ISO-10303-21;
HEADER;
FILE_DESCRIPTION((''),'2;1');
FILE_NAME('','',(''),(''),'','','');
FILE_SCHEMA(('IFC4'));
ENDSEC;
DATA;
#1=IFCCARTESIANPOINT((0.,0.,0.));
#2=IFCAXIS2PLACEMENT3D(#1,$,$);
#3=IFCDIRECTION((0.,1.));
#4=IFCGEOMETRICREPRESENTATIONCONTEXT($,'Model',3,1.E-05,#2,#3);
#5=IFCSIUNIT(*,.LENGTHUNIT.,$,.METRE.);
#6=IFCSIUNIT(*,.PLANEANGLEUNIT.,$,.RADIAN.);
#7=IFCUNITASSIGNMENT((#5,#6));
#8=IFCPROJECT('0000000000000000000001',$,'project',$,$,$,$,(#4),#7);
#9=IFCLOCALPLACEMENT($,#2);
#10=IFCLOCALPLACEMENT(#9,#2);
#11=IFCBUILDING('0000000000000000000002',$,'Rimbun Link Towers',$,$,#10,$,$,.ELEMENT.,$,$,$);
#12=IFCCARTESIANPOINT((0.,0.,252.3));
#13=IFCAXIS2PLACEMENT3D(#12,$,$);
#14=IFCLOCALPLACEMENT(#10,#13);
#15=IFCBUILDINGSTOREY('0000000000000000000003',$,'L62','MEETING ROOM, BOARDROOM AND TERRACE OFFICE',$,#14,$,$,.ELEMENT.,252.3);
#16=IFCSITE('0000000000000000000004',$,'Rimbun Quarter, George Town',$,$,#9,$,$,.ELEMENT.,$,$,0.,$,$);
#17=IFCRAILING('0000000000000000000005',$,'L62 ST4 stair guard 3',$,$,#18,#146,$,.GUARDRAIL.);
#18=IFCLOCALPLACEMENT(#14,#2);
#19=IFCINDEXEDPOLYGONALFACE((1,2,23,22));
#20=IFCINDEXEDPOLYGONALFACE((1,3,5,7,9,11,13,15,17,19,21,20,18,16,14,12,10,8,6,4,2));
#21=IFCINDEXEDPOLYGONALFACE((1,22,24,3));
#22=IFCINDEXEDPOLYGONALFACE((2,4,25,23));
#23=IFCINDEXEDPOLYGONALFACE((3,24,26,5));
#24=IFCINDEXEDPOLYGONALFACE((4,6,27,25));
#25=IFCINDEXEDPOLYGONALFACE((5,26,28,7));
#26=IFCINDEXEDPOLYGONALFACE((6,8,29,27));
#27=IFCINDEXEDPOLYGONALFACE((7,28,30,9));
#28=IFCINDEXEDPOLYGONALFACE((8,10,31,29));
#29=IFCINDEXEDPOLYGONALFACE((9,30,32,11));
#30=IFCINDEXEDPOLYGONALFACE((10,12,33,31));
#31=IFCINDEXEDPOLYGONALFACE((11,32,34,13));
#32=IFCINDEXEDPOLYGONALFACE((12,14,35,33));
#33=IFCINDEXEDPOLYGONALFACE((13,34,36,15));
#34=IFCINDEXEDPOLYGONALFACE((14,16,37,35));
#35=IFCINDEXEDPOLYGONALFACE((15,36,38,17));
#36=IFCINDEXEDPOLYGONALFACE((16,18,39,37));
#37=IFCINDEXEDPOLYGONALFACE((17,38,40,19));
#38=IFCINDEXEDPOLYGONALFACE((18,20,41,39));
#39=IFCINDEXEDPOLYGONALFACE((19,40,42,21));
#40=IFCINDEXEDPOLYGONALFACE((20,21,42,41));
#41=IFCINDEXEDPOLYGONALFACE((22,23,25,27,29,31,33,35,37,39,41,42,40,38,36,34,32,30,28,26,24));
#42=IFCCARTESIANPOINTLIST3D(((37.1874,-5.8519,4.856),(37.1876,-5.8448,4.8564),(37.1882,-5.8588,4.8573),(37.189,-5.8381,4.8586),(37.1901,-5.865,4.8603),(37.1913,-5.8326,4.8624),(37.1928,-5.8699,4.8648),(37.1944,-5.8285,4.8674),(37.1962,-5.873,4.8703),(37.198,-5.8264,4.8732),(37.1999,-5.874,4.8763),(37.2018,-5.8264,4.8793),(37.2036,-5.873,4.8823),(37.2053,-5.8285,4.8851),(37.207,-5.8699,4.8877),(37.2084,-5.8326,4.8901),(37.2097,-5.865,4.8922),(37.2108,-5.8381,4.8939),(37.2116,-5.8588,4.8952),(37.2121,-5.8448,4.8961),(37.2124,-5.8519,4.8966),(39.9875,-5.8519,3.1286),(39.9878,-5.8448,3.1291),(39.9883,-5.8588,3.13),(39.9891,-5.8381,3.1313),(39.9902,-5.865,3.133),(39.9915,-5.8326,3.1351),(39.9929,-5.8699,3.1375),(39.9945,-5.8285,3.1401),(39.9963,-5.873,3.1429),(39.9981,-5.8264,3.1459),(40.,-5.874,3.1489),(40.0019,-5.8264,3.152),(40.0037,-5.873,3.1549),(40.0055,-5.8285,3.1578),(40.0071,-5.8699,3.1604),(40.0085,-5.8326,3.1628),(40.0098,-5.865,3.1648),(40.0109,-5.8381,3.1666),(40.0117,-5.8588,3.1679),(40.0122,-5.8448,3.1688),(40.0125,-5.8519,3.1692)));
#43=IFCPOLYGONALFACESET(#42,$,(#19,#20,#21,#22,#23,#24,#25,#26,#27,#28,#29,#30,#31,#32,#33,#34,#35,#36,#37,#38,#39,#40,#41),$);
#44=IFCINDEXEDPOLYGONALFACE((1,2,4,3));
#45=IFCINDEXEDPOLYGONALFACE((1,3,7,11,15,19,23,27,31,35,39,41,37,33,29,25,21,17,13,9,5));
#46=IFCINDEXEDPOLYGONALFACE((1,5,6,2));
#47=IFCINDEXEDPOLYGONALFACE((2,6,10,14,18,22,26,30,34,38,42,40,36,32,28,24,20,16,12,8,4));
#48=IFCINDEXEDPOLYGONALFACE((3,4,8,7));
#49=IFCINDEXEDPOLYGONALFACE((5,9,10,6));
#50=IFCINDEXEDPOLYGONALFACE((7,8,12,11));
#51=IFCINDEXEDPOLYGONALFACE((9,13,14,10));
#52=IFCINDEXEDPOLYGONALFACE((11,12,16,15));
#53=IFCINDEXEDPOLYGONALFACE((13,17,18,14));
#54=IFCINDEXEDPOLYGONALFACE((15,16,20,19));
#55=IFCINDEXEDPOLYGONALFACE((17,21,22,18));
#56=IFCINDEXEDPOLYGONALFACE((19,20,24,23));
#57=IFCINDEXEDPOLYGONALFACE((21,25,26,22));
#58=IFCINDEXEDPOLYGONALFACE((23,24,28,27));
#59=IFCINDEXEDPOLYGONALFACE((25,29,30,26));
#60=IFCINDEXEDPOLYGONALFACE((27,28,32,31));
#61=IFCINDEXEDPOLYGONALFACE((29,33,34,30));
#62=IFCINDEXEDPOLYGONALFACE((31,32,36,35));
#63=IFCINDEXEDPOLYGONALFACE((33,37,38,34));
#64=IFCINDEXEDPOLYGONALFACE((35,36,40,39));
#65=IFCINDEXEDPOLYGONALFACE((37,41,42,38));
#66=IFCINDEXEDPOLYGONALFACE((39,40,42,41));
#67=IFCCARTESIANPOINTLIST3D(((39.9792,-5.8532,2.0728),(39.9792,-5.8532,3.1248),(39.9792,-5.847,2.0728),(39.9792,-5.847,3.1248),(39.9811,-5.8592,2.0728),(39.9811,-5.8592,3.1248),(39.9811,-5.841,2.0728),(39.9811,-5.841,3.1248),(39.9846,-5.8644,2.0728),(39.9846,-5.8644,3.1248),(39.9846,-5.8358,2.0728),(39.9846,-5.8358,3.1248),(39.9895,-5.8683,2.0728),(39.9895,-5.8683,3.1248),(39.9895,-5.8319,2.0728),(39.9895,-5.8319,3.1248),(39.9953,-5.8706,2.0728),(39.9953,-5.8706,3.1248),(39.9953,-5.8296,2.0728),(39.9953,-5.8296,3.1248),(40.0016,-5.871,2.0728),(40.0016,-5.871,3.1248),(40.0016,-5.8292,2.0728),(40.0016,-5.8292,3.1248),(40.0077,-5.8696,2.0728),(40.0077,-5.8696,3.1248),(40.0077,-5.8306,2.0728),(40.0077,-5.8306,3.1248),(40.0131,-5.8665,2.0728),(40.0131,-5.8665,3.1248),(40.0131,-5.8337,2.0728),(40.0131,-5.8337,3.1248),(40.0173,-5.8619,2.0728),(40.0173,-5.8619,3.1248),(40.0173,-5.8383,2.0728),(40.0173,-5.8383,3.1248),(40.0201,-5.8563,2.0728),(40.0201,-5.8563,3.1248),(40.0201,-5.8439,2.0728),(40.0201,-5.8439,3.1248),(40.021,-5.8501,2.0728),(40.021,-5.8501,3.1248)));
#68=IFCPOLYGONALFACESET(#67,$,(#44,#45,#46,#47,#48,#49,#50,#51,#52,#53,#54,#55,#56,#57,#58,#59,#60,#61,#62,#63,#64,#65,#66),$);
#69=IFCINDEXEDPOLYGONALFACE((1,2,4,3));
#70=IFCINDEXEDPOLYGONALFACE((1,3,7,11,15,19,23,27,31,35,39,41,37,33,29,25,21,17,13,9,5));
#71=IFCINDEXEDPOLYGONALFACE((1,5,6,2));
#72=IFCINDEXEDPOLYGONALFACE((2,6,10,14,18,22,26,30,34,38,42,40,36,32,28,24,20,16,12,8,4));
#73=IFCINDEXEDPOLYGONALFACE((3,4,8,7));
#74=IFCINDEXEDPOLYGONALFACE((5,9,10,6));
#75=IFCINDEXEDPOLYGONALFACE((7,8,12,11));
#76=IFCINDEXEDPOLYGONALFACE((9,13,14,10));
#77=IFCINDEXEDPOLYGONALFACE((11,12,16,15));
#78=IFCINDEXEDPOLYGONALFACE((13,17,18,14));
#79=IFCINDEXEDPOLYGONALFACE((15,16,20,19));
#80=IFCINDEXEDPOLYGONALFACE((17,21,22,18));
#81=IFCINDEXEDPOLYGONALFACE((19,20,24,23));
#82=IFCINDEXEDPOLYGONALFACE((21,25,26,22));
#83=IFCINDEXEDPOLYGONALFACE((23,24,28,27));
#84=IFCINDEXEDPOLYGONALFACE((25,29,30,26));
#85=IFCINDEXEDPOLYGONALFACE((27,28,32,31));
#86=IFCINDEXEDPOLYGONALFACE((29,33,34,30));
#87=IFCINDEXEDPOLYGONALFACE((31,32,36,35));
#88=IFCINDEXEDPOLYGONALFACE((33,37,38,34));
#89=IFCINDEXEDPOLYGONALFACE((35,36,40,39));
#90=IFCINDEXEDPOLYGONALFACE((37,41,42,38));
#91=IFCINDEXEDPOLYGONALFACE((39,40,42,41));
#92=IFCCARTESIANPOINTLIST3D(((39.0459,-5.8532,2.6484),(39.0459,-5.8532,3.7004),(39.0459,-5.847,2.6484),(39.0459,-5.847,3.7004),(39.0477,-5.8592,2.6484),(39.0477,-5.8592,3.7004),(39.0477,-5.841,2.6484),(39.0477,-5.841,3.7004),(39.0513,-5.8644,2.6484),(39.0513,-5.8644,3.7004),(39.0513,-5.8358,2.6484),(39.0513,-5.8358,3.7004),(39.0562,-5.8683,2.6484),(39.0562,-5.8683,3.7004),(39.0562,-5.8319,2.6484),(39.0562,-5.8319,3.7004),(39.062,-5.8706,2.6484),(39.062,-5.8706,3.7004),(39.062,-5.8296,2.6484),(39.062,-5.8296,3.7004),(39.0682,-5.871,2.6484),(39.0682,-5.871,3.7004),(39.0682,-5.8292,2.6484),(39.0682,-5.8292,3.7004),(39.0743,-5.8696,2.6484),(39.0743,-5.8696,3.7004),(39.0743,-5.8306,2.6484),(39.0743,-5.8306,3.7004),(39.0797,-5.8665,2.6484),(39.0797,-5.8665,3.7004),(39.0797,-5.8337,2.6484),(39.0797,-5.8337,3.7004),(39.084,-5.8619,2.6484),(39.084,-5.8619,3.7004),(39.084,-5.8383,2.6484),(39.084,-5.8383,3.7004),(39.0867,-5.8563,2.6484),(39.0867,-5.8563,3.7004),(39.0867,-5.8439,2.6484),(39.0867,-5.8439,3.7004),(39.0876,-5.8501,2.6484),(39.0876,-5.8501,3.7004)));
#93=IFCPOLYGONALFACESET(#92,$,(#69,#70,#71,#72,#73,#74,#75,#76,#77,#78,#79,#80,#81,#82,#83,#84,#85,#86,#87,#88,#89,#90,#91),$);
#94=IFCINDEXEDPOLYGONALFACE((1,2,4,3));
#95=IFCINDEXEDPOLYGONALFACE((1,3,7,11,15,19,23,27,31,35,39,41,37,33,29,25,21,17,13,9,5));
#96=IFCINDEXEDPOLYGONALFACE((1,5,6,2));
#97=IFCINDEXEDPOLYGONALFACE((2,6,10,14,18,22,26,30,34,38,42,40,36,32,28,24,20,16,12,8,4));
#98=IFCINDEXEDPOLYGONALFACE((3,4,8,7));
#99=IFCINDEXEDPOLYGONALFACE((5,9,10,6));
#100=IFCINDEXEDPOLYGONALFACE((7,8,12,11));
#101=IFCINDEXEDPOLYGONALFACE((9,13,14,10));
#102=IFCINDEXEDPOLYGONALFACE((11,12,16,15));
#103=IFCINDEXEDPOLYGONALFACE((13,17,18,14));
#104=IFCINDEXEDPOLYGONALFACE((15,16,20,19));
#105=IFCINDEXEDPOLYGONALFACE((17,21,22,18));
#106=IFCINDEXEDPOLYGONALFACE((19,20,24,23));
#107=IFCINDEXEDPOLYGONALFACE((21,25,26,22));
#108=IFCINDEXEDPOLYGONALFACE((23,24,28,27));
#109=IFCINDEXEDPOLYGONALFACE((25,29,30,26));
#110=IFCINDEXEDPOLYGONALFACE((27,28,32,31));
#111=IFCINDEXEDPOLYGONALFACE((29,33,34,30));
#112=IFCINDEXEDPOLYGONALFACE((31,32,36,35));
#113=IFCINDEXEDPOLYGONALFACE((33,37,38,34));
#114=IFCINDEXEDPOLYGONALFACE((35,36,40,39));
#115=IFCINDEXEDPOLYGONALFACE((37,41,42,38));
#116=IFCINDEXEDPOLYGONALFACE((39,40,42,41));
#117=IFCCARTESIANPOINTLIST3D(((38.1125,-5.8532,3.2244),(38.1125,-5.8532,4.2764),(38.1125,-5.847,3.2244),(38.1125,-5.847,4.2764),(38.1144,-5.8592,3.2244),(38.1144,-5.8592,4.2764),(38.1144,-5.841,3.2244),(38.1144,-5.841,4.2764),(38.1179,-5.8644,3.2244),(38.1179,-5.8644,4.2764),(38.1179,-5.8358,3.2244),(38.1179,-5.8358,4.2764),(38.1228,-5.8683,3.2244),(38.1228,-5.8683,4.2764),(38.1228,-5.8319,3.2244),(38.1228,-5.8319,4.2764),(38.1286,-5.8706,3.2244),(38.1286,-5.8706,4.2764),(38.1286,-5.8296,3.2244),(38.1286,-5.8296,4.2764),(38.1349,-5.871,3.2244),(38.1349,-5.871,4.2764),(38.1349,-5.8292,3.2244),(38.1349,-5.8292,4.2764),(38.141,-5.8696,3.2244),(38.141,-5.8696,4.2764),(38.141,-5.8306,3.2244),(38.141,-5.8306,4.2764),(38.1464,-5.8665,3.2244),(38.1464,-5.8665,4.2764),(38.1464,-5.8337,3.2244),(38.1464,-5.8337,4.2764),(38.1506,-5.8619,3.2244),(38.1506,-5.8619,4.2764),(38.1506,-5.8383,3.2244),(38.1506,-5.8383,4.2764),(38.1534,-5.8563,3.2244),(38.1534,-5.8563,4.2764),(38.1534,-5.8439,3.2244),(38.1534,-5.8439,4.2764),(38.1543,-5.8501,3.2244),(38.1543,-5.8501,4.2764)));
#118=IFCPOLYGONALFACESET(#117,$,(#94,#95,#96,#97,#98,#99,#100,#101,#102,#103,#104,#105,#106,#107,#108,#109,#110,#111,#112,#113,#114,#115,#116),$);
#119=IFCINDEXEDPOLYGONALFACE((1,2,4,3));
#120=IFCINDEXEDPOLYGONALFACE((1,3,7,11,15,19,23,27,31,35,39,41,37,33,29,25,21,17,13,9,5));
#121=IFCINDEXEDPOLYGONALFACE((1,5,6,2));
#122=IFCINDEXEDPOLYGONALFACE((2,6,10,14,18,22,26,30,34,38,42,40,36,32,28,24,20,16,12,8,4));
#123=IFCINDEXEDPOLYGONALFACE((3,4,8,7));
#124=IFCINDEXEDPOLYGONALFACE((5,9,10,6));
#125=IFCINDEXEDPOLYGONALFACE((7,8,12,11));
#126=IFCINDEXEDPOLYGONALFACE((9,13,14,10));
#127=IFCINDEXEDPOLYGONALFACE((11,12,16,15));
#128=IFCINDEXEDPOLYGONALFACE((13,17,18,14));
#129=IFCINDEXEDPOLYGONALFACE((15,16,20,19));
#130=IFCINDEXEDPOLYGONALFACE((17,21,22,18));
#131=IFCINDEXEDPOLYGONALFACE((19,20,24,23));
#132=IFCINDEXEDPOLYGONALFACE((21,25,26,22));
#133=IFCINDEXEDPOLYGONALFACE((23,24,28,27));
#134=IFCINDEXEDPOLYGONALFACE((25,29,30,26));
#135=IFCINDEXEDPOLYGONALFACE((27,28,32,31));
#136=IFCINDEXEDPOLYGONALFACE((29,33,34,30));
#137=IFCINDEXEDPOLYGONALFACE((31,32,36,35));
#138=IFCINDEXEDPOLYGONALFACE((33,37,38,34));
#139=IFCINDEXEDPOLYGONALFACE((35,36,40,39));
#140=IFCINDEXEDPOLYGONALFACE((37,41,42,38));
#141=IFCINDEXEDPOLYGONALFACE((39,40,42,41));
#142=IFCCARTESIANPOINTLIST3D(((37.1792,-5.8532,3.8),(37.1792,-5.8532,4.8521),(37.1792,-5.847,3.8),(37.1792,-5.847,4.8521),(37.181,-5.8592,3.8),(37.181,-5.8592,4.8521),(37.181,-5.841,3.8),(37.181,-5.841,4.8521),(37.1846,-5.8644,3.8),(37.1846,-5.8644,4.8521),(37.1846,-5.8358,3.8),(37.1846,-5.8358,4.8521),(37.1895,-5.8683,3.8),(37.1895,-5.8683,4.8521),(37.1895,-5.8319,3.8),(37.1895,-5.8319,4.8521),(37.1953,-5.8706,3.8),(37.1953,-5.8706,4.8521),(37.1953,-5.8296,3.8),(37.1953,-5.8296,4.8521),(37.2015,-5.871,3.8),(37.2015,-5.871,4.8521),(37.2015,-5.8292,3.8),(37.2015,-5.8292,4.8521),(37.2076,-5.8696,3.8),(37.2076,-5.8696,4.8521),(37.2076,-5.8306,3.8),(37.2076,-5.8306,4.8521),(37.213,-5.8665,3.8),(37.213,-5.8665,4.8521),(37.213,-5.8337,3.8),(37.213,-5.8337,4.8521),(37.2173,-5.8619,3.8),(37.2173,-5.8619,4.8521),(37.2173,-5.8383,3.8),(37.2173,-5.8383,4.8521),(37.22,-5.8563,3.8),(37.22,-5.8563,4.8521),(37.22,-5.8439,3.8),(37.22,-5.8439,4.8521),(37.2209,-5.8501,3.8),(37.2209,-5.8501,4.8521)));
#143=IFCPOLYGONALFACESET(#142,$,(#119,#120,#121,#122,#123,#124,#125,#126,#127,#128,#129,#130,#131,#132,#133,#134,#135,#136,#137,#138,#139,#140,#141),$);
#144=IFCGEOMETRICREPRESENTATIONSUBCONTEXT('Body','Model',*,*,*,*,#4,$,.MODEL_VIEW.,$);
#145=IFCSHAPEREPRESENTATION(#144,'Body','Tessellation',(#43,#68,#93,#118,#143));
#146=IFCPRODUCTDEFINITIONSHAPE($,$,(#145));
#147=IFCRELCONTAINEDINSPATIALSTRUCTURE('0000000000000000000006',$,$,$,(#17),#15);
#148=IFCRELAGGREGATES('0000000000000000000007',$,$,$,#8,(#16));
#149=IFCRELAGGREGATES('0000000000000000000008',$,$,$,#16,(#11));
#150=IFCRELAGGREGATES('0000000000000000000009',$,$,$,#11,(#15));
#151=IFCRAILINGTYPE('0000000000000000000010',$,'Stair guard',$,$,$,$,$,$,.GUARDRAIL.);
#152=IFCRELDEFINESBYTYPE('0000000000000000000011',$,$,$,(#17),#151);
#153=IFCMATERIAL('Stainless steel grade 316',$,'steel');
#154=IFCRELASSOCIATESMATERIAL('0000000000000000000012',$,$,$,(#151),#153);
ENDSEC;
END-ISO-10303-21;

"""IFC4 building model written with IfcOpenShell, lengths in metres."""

from ifc_helpers import new_model, si_unit, direction, frame, origin, origin_2d, place, context, subcontext, project, spatial, circle, extrude, material, type_object, element, save


model = new_model("IFC4")

# Units and contexts
model_context = context("Model", 3, precision=1e-05, world=origin(), true_north=direction((0.0, 1.0)))
body_context = subcontext(model_context, "Body", "Model", "MODEL_VIEW")
ifc_project = project(units=[si_unit("LENGTHUNIT", "METRE"), si_unit("PLANEANGLEUNIT", "RADIAN")], contexts=[model_context])

# Site, building, storey
site_placement = place(None, origin())
site = spatial("IfcSite", under=ifc_project, at=site_placement, Name="Rimbun Quarter, George Town", CompositionType="ELEMENT", RefElevation=0.0)
building_placement = place(site_placement, origin())
building = spatial("IfcBuilding", under=site, at=building_placement, Name="Rimbun Link Towers", CompositionType="ELEMENT")
storey_placement = place(building_placement, frame((0.0, 0.0, 252.3)))
storey = spatial("IfcBuildingStorey", under=building, at=storey_placement, Name="L62", Description="MEETING ROOM, BOARDROOM AND TERRACE OFFICE", CompositionType="ELEMENT", Elevation=252.3)

# Railing
ifc_material_1 = material(Name="Stainless steel grade 316", Category="steel")
railing_type_1 = type_object("IfcRailingType", Name="Stair guard", PredefinedType="GUARDRAIL", material=ifc_material_1)
railing_1_placement = place(storey_placement, frame((40.0, -5.8501, 2.0728)))
element("IfcRailing", 1, at=railing_1_placement, inside=storey, type_object=railing_type_1, Name="L62 ST4 stair guard 3", PredefinedType="GUARDRAIL", context=body_context, shape_type="SweptSolid", body=[
    extrude(circle(Radius=0.0239, at=origin_2d()), frame((0.0, 0.0, 1.0762), z_axis=(-0.85109, 0.0, 0.52502), x_axis=(0.0, -1.0, 0.0)), (0.0, 0.0, 1.0), 3.29),
    extrude(circle(Radius=0.021, at=origin_2d()), origin(), (0.0, 0.0, 1.0), 1.052),
    extrude(circle(Radius=0.021, at=origin_2d()), frame((-0.9333, 0.0, 0.5757)), (0.0, 0.0, 1.0), 1.052),
    extrude(circle(Radius=0.021, at=origin_2d()), frame((-1.8667, 0.0, 1.1516)), (0.0, 0.0, 1.0), 1.052),
    extrude(circle(Radius=0.021, at=origin_2d()), frame((-2.8, 0.0, 1.7273)), (0.0, 0.0, 1.0), 1.052),
])

save(model, "model.ifc")
